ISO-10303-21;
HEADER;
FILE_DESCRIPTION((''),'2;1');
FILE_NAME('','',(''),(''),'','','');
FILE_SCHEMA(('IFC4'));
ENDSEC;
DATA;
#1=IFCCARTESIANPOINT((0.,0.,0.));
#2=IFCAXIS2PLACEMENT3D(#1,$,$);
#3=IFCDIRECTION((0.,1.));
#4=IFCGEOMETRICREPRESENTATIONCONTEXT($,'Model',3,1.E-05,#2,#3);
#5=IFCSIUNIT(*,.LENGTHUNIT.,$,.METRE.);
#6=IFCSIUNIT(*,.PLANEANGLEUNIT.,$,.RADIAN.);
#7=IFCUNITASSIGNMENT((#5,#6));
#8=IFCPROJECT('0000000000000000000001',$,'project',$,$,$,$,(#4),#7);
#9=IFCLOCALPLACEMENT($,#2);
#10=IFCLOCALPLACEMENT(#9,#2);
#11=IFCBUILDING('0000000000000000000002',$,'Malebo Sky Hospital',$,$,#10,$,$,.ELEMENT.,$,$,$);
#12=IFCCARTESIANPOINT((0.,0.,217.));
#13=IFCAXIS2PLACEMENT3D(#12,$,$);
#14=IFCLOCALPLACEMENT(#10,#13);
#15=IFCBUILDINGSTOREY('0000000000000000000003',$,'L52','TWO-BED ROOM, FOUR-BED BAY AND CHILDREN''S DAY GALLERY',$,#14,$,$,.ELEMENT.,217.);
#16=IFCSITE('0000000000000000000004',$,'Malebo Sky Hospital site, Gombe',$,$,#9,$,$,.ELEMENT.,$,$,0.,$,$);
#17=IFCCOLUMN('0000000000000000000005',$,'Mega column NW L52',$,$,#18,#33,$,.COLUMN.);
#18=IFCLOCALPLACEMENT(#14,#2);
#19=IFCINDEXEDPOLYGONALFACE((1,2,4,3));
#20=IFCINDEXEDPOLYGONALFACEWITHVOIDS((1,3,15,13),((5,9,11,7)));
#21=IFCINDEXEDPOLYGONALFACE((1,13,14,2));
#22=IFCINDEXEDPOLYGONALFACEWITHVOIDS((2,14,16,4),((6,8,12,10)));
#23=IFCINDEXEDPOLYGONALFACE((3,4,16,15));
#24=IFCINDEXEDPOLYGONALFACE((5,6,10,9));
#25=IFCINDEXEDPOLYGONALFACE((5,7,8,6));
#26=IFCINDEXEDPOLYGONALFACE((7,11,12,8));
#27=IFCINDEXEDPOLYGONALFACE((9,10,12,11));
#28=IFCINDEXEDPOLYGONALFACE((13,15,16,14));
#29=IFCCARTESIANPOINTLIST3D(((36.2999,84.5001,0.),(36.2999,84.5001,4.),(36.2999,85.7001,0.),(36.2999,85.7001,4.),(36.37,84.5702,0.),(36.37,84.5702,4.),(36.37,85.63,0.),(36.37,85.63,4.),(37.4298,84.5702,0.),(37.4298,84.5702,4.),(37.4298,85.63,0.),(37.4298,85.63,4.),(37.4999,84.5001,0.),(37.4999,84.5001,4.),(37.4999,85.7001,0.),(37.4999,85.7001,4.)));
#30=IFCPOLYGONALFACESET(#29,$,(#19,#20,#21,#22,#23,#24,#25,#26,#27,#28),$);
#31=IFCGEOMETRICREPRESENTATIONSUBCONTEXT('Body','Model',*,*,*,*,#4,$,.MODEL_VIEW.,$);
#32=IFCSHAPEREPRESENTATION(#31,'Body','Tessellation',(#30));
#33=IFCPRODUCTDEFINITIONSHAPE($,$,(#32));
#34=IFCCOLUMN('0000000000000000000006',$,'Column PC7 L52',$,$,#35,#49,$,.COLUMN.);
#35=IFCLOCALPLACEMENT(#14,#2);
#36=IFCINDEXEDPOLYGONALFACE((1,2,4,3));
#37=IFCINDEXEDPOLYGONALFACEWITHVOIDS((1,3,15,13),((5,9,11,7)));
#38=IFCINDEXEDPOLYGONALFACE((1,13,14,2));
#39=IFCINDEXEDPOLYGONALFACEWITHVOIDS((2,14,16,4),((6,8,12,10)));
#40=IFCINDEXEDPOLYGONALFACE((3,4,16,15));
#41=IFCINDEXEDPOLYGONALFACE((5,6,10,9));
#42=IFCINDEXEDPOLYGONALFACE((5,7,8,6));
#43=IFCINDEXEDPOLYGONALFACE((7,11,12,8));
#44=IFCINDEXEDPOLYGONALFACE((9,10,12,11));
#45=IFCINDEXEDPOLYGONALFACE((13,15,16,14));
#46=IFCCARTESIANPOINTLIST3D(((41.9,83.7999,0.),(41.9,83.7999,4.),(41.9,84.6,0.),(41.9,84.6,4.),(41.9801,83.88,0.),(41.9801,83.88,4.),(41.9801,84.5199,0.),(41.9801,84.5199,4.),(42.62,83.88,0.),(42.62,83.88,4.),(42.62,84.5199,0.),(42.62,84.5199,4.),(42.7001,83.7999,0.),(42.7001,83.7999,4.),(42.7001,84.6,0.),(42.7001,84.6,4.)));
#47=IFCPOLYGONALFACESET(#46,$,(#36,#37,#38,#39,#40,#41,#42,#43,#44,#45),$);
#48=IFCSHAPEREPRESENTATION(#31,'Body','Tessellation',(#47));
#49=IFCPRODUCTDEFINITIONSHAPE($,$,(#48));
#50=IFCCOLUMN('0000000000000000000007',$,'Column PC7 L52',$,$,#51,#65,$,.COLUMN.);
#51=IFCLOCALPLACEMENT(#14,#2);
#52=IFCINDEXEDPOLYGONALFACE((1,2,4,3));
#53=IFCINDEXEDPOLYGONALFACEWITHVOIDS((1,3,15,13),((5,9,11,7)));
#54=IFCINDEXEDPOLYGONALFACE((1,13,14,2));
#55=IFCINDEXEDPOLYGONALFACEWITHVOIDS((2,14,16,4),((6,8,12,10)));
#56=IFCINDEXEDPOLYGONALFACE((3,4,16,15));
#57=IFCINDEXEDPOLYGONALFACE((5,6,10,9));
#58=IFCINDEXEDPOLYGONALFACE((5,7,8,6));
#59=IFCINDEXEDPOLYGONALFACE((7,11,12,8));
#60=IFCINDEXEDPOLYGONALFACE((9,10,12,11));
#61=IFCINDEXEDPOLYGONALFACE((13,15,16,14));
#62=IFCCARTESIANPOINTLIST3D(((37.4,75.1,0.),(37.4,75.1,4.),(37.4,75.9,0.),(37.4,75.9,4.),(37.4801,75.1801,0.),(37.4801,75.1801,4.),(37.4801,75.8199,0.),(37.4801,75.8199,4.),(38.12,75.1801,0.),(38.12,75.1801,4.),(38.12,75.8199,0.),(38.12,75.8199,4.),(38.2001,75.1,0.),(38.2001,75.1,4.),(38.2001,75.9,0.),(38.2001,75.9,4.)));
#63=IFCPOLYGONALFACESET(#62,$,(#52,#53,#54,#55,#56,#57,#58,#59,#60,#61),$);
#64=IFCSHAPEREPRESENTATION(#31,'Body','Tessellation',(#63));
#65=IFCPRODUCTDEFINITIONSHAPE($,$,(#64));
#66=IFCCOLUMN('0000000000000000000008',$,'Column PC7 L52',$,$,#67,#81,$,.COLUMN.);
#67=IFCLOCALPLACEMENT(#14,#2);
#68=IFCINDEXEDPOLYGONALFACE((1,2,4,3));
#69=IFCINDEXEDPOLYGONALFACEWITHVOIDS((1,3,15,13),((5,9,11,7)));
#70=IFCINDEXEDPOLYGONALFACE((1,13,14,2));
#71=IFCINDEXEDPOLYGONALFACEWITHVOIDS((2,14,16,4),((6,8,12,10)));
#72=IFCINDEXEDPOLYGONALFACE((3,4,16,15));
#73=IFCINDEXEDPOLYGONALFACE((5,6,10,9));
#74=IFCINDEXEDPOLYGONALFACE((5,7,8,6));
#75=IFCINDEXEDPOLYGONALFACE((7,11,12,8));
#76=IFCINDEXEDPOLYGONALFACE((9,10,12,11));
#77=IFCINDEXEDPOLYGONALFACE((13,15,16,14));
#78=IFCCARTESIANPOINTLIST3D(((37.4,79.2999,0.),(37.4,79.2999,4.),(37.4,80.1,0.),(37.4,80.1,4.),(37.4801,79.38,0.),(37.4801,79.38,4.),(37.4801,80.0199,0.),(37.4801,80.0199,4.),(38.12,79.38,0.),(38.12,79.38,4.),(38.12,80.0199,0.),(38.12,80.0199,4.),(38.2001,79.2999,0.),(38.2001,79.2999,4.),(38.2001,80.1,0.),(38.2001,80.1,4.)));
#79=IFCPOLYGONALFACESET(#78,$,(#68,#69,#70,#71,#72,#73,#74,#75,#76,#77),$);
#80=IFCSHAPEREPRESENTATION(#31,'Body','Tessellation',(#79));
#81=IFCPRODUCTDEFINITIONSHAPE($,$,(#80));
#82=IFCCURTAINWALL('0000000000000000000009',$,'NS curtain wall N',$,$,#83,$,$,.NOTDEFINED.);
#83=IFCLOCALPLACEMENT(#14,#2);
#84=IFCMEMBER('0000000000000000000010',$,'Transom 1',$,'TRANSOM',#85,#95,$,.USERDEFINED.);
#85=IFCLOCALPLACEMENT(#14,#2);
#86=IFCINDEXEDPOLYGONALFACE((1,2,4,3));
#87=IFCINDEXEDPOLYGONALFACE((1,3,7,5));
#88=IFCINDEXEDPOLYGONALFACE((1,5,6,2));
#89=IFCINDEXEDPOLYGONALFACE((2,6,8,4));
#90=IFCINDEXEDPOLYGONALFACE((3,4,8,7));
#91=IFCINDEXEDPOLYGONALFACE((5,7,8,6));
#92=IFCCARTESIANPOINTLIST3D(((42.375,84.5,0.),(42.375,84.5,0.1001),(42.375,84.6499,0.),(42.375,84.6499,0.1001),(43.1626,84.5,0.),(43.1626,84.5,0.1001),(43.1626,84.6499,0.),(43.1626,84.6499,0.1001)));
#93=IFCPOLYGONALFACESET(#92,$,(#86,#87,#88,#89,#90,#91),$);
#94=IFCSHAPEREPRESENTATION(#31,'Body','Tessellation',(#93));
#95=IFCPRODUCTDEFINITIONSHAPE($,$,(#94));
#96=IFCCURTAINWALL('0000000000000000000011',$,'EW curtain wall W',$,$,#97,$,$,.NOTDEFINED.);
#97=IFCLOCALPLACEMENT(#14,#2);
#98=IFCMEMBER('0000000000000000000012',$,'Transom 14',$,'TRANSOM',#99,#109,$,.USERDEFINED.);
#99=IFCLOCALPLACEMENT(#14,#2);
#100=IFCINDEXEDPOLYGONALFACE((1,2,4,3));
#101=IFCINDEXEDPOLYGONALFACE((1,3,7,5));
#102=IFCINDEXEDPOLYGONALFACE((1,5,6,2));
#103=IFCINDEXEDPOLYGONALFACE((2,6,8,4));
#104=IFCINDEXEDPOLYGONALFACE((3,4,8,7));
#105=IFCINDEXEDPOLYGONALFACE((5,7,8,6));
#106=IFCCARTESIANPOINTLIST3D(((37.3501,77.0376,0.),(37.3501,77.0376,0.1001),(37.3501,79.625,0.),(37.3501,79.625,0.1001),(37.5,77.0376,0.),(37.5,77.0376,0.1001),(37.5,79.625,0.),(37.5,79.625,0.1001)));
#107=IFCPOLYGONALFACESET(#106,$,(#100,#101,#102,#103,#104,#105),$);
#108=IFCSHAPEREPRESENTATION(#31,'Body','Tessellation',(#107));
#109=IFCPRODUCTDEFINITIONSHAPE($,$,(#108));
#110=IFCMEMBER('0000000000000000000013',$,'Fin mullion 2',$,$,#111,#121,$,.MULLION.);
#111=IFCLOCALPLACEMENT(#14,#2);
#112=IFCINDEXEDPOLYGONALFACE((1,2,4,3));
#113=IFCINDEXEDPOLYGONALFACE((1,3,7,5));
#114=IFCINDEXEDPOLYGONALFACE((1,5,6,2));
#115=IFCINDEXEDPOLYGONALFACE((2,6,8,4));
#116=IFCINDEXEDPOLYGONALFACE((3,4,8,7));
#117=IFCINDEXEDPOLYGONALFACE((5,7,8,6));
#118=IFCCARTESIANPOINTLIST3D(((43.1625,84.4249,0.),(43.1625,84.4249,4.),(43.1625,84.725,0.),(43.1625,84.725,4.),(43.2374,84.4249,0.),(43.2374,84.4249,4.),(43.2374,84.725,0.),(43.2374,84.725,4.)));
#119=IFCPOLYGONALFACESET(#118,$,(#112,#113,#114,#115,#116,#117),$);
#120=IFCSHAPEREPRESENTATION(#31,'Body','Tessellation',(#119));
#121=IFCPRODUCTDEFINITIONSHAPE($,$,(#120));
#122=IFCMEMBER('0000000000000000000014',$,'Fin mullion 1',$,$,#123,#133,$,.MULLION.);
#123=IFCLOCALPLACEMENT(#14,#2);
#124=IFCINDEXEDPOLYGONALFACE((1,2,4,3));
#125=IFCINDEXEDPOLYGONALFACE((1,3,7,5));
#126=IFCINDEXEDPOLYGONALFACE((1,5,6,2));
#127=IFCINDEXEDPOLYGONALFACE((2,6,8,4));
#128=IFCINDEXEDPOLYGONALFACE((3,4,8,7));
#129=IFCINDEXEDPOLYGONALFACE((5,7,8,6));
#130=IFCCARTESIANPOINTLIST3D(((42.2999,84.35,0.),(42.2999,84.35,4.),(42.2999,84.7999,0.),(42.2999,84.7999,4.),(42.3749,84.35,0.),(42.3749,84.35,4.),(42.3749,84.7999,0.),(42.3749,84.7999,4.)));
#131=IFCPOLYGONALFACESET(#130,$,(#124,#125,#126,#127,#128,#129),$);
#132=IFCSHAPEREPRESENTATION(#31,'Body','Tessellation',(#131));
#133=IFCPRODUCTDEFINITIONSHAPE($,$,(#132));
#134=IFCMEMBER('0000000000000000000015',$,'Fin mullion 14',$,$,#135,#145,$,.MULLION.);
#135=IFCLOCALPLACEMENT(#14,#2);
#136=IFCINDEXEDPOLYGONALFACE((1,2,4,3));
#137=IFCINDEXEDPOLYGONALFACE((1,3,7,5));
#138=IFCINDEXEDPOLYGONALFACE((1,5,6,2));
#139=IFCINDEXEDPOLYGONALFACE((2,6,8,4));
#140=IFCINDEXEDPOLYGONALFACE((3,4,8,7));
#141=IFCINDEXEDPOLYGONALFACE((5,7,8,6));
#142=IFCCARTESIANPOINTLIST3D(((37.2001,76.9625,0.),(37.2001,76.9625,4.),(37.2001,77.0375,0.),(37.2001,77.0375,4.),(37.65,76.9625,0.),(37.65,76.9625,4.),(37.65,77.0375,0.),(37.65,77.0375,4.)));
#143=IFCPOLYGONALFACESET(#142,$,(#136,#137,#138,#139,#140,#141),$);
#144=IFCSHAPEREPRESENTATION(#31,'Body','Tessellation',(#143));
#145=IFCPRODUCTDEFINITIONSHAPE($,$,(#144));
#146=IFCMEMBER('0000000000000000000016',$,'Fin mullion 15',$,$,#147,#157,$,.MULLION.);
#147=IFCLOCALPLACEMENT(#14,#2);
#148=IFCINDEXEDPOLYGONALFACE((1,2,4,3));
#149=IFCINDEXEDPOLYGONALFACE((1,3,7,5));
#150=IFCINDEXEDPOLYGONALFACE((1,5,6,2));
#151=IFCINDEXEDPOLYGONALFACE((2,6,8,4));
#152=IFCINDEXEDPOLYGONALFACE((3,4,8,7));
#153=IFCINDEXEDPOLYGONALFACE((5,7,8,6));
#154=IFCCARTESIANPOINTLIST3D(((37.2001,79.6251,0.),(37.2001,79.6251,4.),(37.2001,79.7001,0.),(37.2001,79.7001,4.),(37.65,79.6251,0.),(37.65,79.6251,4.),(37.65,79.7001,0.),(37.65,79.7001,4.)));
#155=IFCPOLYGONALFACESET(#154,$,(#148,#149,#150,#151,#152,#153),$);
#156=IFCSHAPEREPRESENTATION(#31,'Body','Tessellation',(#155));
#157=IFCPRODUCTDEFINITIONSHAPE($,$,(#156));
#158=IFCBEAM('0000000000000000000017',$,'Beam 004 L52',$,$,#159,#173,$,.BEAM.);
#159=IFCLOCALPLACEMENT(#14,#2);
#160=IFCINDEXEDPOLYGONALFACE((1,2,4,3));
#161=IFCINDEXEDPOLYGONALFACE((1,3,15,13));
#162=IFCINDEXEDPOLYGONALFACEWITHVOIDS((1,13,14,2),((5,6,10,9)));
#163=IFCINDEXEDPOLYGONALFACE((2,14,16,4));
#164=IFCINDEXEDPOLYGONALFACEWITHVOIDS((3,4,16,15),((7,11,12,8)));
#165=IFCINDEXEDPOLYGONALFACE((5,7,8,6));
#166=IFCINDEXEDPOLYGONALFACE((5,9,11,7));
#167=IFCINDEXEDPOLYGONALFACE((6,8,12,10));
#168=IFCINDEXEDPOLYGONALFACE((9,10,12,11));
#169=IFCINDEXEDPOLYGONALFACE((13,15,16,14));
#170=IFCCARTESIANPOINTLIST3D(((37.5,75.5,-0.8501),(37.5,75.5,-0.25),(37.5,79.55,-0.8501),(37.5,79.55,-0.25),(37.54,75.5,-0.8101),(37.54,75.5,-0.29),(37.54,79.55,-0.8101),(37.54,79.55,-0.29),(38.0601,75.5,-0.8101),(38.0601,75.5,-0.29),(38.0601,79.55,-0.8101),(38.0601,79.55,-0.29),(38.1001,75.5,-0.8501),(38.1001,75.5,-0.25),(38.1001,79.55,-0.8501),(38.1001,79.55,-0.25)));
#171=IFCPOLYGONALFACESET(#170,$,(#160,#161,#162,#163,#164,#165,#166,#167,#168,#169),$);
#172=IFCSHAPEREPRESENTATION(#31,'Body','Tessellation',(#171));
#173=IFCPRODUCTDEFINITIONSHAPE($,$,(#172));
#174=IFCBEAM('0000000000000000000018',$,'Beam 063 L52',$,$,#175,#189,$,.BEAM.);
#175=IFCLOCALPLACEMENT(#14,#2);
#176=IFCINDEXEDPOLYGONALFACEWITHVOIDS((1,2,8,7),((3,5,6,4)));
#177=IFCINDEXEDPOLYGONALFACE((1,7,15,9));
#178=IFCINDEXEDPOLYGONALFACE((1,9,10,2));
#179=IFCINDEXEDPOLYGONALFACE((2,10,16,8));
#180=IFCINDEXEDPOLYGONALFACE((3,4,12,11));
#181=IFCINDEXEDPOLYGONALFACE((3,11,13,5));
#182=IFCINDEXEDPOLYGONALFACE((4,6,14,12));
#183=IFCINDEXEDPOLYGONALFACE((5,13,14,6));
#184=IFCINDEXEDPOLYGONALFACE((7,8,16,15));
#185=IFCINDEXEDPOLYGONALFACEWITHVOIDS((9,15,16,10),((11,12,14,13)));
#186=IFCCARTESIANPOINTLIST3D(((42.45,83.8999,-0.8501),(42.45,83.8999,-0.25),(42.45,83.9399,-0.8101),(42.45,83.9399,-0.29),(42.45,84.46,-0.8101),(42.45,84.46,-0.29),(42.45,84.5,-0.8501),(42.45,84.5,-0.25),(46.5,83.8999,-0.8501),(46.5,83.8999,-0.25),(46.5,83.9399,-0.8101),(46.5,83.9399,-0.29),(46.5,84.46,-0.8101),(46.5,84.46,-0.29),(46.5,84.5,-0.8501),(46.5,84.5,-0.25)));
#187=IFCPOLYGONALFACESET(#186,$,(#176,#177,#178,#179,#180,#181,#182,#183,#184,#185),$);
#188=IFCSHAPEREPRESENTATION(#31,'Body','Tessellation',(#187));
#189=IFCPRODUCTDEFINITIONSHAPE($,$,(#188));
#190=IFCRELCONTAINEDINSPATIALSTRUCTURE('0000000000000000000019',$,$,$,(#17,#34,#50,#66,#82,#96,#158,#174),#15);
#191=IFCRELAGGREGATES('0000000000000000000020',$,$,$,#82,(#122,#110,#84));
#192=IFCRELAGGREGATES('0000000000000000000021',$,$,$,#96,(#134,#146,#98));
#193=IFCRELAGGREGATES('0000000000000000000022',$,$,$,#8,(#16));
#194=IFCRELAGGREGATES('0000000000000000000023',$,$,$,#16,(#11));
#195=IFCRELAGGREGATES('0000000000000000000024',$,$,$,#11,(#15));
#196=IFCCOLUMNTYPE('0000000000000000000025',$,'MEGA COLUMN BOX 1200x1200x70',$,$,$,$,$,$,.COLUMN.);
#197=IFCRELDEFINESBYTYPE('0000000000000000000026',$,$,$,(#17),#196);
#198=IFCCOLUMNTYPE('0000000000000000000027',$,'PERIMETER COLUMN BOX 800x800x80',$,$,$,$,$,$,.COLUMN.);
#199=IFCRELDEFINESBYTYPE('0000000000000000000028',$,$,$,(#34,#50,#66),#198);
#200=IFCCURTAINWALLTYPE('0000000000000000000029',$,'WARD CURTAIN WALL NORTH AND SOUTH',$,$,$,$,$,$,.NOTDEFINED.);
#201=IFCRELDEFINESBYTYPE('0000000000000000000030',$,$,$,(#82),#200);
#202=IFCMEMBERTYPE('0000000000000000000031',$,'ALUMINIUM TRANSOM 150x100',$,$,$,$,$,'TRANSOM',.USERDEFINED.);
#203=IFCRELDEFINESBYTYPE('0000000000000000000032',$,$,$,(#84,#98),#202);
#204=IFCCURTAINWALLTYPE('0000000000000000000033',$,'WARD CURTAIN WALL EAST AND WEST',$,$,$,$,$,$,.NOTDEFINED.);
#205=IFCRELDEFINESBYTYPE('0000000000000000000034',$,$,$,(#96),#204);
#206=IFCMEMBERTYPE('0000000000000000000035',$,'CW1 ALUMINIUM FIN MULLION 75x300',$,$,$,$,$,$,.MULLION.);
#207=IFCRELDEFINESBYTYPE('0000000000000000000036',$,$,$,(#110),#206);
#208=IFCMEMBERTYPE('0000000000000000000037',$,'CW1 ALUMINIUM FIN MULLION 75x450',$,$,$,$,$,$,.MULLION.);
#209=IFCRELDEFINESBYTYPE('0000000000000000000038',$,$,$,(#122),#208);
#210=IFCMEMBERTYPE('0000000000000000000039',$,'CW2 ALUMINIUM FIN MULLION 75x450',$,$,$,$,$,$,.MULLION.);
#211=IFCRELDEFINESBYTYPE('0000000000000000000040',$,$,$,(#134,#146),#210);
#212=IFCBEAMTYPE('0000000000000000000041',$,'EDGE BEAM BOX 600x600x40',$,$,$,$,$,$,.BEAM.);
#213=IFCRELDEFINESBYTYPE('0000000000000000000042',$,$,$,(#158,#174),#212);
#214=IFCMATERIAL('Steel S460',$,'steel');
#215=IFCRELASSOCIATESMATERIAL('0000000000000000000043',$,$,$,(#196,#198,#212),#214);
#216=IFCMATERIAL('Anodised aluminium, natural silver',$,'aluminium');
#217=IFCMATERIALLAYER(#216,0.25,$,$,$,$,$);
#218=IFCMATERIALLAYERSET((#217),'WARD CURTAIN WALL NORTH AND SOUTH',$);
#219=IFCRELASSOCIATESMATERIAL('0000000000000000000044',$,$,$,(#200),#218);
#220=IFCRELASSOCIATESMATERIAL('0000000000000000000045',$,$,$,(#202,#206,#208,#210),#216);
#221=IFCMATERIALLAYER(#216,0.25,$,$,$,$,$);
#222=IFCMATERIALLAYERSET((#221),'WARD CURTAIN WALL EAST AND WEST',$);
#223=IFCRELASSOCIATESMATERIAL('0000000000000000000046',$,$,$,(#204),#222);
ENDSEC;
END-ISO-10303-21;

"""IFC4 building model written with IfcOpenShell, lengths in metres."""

from ifc_helpers import new_model, si_unit, direction, frame, origin, origin_2d, place, context, subcontext, project, spatial, rectangle, hollow_rectangle, extrude, material, layer, layer_set, material_profile, profile_set, type_object, element, aggregate, save


model = new_model("IFC4")

# Units and contexts
model_context = context("Model", 3, precision=1e-05, world=origin(), true_north=direction((0.0, 1.0)))
body_context = subcontext(model_context, "Body", "Model", "MODEL_VIEW")
ifc_project = project(units=[si_unit("LENGTHUNIT", "METRE"), si_unit("PLANEANGLEUNIT", "RADIAN")], contexts=[model_context])

# Site, building, storey
site_placement = place(None, origin())
site = spatial("IfcSite", under=ifc_project, at=site_placement, Name="Malebo Sky Hospital site, Gombe", CompositionType="ELEMENT", RefElevation=0.0)
building_placement = place(site_placement, origin())
building = spatial("IfcBuilding", under=site, at=building_placement, Name="Malebo Sky Hospital", CompositionType="ELEMENT")
storey_placement = place(building_placement, frame((0.0, 0.0, 217.0)))
storey = spatial("IfcBuildingStorey", under=building, at=storey_placement, Name="L52", Description="TWO-BED ROOM, FOUR-BED BAY AND CHILDREN'S DAY GALLERY", CompositionType="ELEMENT", Elevation=217.0)

# Columns
ifc_material_1 = material(Name="Steel S460", Category="steel")
ifc_material_profile_1 = material_profile(ifc_material_1, hollow_rectangle(XDim=1.2, YDim=1.2, WallThickness=0.0701, at=origin_2d()), Name="BOX 1200x1200x70")
ifc_profile_set_1 = profile_set([ifc_material_profile_1], Name="Steel S460")
column_type_1 = type_object("IfcColumnType", Name="MEGA COLUMN BOX 1200x1200x70", PredefinedType="COLUMN", material=ifc_profile_set_1)
column_placement = place(storey_placement, frame((36.8999, 85.1001, 0.0), z_axis=(0.0, 0.0, 1.0), x_axis=(1.0, 0.0, 0.0)))
element("IfcColumn", 1, at=column_placement, inside=storey, type_object=column_type_1, Name="Mega column NW L52", PredefinedType="COLUMN", context=body_context, shape_type="SweptSolid", body=[
    extrude(hollow_rectangle(XDim=1.2, YDim=1.2, WallThickness=0.0701, at=origin_2d()), origin(), (0.0, 0.0, 1.0), 4.0),
])
ifc_material_profile_2 = material_profile(ifc_material_1, hollow_rectangle(XDim=0.8, YDim=0.8, WallThickness=0.0801, at=origin_2d()), Name="BOX 800x800x80")
ifc_profile_set_2 = profile_set([ifc_material_profile_2], Name="Steel S460")
column_type_2 = type_object("IfcColumnType", Name="PERIMETER COLUMN BOX 800x800x80", PredefinedType="COLUMN", material=ifc_profile_set_2)
for number, where, z_axis, x_axis, name in (
    (2, (42.3, 84.2, 0.0), (0.0, 0.0, 1.0), (1.0, 0.0, 0.0), "Column PC7 L52"),
    (3, (37.8, 75.5, 0.0), (0.0, 0.0, 1.0), (1.0, 0.0, 0.0), "Column PC7 L52"),
    (4, (37.8, 79.7, 0.0), (0.0, 0.0, 1.0), (1.0, 0.0, 0.0), "Column PC7 L52"),
):
    element("IfcColumn", number, at=place(storey_placement, frame(where, z_axis=z_axis, x_axis=x_axis)), inside=storey, type_object=column_type_2, Name=name, PredefinedType="COLUMN", context=body_context, shape_type="SweptSolid", body=[
        extrude(hollow_rectangle(XDim=0.8, YDim=0.8, WallThickness=0.0801, at=origin_2d()), origin(), (0.0, 0.0, 1.0), 4.0),
    ])

# Curtain walls, members
ifc_material_2 = material(Name="Anodised aluminium, natural silver", Category="aluminium")
ifc_layer_1 = layer(ifc_material_2, 0.25)
ifc_layer_set_1 = layer_set([ifc_layer_1], Name="WARD CURTAIN WALL NORTH AND SOUTH")
curtain_wall_type_1 = type_object("IfcCurtainWallType", Name="WARD CURTAIN WALL NORTH AND SOUTH", PredefinedType="NOTDEFINED", material=ifc_layer_set_1)
curtain_wall_1_placement = place(storey_placement, origin())
curtain_wall_1 = element("IfcCurtainWall", 5, at=curtain_wall_1_placement, inside=storey, type_object=curtain_wall_type_1, Name="NS curtain wall N", PredefinedType="NOTDEFINED")
ifc_material_profile_3 = material_profile(ifc_material_2, rectangle(XDim=0.1499, YDim=0.1001, at=origin_2d()), Name="ALUMINIUM TRANSOM 150x100")
ifc_profile_set_3 = profile_set([ifc_material_profile_3], Name="Anodised aluminium, natural silver")
member_type_1 = type_object("IfcMemberType", Name="ALUMINIUM TRANSOM 150x100", ElementType="TRANSOM", PredefinedType="USERDEFINED", material=ifc_profile_set_3)
member_1_placement = place(storey_placement, frame((42.375, 84.575, 0.05), z_axis=(1.0, 0.0, 0.0), x_axis=(0.0, 1.0, 0.0)))
member_1 = element("IfcMember", 6, at=member_1_placement, type_object=member_type_1, Name="Transom 1", ObjectType="TRANSOM", PredefinedType="USERDEFINED", context=body_context, shape_type="SweptSolid", body=[
    extrude(rectangle(XDim=0.1499, YDim=0.1001, at=origin_2d()), origin(), (0.0, 0.0, 1.0), 0.7876),
])
ifc_layer_2 = layer(ifc_material_2, 0.25)
ifc_layer_set_2 = layer_set([ifc_layer_2], Name="WARD CURTAIN WALL EAST AND WEST")
curtain_wall_type_2 = type_object("IfcCurtainWallType", Name="WARD CURTAIN WALL EAST AND WEST", PredefinedType="NOTDEFINED", material=ifc_layer_set_2)
curtain_wall_2_placement = place(storey_placement, origin())
curtain_wall_2 = element("IfcCurtainWall", 7, at=curtain_wall_2_placement, inside=storey, type_object=curtain_wall_type_2, Name="EW curtain wall W", PredefinedType="NOTDEFINED")
member_2_placement = place(storey_placement, frame((37.425, 77.0376, 0.05), z_axis=(0.0, 1.0, 0.0), x_axis=(-1.0, 0.0, 0.0)))
member_2 = element("IfcMember", 8, at=member_2_placement, type_object=member_type_1, Name="Transom 14", ObjectType="TRANSOM", PredefinedType="USERDEFINED", context=body_context, shape_type="SweptSolid", body=[
    extrude(rectangle(XDim=0.1499, YDim=0.1001, at=origin_2d()), origin(), (0.0, 0.0, 1.0), 2.5874),
])

# Members
ifc_material_profile_4 = material_profile(ifc_material_2, rectangle(XDim=0.075, YDim=0.3, at=origin_2d()), Name="CW1 ALUMINIUM FIN MULLION 75x300")
ifc_profile_set_4 = profile_set([ifc_material_profile_4], Name="Anodised aluminium, natural silver")
member_type_2 = type_object("IfcMemberType", Name="CW1 ALUMINIUM FIN MULLION 75x300", PredefinedType="MULLION", material=ifc_profile_set_4)
member_3_placement = place(storey_placement, frame((43.2, 84.575, 0.0), z_axis=(0.0, 0.0, 1.0), x_axis=(1.0, 0.0, 0.0)))
member_3 = element("IfcMember", 9, at=member_3_placement, type_object=member_type_2, Name="Fin mullion 2", PredefinedType="MULLION", context=body_context, shape_type="SweptSolid", body=[
    extrude(rectangle(XDim=0.075, YDim=0.3, at=origin_2d()), origin(), (0.0, 0.0, 1.0), 4.0),
])
ifc_material_profile_5 = material_profile(ifc_material_2, rectangle(XDim=0.075, YDim=0.45, at=origin_2d()), Name="CW1 ALUMINIUM FIN MULLION 75x450")
ifc_profile_set_5 = profile_set([ifc_material_profile_5], Name="Anodised aluminium, natural silver")
member_type_3 = type_object("IfcMemberType", Name="CW1 ALUMINIUM FIN MULLION 75x450", PredefinedType="MULLION", material=ifc_profile_set_5)
member_4_placement = place(storey_placement, frame((42.3374, 84.575, 0.0), z_axis=(0.0, 0.0, 1.0), x_axis=(1.0, 0.0, 0.0)))
member_4 = element("IfcMember", 10, at=member_4_placement, type_object=member_type_3, Name="Fin mullion 1", PredefinedType="MULLION", context=body_context, shape_type="SweptSolid", body=[
    extrude(rectangle(XDim=0.075, YDim=0.45, at=origin_2d()), origin(), (0.0, 0.0, 1.0), 4.0),
])
ifc_material_profile_6 = material_profile(ifc_material_2, rectangle(XDim=0.075, YDim=0.45, at=origin_2d()), Name="CW2 ALUMINIUM FIN MULLION 75x450")
ifc_profile_set_6 = profile_set([ifc_material_profile_6], Name="Anodised aluminium, natural silver")
member_type_4 = type_object("IfcMemberType", Name="CW2 ALUMINIUM FIN MULLION 75x450", PredefinedType="MULLION", material=ifc_profile_set_6)
member_5_placement = place(storey_placement, frame((37.425, 77.0, 0.0), z_axis=(0.0, 0.0, 1.0), x_axis=(0.0, 1.0, 0.0)))
member_5 = element("IfcMember", 11, at=member_5_placement, type_object=member_type_4, Name="Fin mullion 14", PredefinedType="MULLION", context=body_context, shape_type="SweptSolid", body=[
    extrude(rectangle(XDim=0.075, YDim=0.45, at=origin_2d()), origin(), (0.0, 0.0, 1.0), 4.0),
])
member_6_placement = place(storey_placement, frame((37.425, 79.6626, 0.0), z_axis=(0.0, 0.0, 1.0), x_axis=(0.0, 1.0, 0.0)))
member_6 = element("IfcMember", 12, at=member_6_placement, type_object=member_type_4, Name="Fin mullion 15", PredefinedType="MULLION", context=body_context, shape_type="SweptSolid", body=[
    extrude(rectangle(XDim=0.075, YDim=0.45, at=origin_2d()), origin(), (0.0, 0.0, 1.0), 4.0),
])

# Beams
ifc_material_profile_7 = material_profile(ifc_material_1, hollow_rectangle(XDim=0.6001, YDim=0.6001, WallThickness=0.04, at=origin_2d()), Name="BOX 600x600x40")
ifc_profile_set_7 = profile_set([ifc_material_profile_7], Name="Steel S460")
beam_type_1 = type_object("IfcBeamType", Name="EDGE BEAM BOX 600x600x40", PredefinedType="BEAM", material=ifc_profile_set_7)
for number, where, z_axis, x_axis, name in (
    (13, (37.8, 75.5, -0.55), (0.0, 1.0, 0.0), (-1.0, 0.0, 0.0), "Beam 004 L52"),
    (14, (42.45, 84.2, -0.55), (1.0, 0.0, 0.0), (0.0, 1.0, 0.0), "Beam 063 L52"),
):
    element("IfcBeam", number, at=place(storey_placement, frame(where, z_axis=z_axis, x_axis=x_axis)), inside=storey, type_object=beam_type_1, Name=name, PredefinedType="BEAM", context=body_context, shape_type="SweptSolid", body=[
        extrude(hollow_rectangle(XDim=0.6001, YDim=0.6001, WallThickness=0.04, at=origin_2d()), origin(), (0.0, 0.0, 1.0), 4.05),
    ])

aggregate(curtain_wall_1, [member_4, member_3, member_1])
aggregate(curtain_wall_2, [member_5, member_6, member_2])

save(model, "model.ifc")
